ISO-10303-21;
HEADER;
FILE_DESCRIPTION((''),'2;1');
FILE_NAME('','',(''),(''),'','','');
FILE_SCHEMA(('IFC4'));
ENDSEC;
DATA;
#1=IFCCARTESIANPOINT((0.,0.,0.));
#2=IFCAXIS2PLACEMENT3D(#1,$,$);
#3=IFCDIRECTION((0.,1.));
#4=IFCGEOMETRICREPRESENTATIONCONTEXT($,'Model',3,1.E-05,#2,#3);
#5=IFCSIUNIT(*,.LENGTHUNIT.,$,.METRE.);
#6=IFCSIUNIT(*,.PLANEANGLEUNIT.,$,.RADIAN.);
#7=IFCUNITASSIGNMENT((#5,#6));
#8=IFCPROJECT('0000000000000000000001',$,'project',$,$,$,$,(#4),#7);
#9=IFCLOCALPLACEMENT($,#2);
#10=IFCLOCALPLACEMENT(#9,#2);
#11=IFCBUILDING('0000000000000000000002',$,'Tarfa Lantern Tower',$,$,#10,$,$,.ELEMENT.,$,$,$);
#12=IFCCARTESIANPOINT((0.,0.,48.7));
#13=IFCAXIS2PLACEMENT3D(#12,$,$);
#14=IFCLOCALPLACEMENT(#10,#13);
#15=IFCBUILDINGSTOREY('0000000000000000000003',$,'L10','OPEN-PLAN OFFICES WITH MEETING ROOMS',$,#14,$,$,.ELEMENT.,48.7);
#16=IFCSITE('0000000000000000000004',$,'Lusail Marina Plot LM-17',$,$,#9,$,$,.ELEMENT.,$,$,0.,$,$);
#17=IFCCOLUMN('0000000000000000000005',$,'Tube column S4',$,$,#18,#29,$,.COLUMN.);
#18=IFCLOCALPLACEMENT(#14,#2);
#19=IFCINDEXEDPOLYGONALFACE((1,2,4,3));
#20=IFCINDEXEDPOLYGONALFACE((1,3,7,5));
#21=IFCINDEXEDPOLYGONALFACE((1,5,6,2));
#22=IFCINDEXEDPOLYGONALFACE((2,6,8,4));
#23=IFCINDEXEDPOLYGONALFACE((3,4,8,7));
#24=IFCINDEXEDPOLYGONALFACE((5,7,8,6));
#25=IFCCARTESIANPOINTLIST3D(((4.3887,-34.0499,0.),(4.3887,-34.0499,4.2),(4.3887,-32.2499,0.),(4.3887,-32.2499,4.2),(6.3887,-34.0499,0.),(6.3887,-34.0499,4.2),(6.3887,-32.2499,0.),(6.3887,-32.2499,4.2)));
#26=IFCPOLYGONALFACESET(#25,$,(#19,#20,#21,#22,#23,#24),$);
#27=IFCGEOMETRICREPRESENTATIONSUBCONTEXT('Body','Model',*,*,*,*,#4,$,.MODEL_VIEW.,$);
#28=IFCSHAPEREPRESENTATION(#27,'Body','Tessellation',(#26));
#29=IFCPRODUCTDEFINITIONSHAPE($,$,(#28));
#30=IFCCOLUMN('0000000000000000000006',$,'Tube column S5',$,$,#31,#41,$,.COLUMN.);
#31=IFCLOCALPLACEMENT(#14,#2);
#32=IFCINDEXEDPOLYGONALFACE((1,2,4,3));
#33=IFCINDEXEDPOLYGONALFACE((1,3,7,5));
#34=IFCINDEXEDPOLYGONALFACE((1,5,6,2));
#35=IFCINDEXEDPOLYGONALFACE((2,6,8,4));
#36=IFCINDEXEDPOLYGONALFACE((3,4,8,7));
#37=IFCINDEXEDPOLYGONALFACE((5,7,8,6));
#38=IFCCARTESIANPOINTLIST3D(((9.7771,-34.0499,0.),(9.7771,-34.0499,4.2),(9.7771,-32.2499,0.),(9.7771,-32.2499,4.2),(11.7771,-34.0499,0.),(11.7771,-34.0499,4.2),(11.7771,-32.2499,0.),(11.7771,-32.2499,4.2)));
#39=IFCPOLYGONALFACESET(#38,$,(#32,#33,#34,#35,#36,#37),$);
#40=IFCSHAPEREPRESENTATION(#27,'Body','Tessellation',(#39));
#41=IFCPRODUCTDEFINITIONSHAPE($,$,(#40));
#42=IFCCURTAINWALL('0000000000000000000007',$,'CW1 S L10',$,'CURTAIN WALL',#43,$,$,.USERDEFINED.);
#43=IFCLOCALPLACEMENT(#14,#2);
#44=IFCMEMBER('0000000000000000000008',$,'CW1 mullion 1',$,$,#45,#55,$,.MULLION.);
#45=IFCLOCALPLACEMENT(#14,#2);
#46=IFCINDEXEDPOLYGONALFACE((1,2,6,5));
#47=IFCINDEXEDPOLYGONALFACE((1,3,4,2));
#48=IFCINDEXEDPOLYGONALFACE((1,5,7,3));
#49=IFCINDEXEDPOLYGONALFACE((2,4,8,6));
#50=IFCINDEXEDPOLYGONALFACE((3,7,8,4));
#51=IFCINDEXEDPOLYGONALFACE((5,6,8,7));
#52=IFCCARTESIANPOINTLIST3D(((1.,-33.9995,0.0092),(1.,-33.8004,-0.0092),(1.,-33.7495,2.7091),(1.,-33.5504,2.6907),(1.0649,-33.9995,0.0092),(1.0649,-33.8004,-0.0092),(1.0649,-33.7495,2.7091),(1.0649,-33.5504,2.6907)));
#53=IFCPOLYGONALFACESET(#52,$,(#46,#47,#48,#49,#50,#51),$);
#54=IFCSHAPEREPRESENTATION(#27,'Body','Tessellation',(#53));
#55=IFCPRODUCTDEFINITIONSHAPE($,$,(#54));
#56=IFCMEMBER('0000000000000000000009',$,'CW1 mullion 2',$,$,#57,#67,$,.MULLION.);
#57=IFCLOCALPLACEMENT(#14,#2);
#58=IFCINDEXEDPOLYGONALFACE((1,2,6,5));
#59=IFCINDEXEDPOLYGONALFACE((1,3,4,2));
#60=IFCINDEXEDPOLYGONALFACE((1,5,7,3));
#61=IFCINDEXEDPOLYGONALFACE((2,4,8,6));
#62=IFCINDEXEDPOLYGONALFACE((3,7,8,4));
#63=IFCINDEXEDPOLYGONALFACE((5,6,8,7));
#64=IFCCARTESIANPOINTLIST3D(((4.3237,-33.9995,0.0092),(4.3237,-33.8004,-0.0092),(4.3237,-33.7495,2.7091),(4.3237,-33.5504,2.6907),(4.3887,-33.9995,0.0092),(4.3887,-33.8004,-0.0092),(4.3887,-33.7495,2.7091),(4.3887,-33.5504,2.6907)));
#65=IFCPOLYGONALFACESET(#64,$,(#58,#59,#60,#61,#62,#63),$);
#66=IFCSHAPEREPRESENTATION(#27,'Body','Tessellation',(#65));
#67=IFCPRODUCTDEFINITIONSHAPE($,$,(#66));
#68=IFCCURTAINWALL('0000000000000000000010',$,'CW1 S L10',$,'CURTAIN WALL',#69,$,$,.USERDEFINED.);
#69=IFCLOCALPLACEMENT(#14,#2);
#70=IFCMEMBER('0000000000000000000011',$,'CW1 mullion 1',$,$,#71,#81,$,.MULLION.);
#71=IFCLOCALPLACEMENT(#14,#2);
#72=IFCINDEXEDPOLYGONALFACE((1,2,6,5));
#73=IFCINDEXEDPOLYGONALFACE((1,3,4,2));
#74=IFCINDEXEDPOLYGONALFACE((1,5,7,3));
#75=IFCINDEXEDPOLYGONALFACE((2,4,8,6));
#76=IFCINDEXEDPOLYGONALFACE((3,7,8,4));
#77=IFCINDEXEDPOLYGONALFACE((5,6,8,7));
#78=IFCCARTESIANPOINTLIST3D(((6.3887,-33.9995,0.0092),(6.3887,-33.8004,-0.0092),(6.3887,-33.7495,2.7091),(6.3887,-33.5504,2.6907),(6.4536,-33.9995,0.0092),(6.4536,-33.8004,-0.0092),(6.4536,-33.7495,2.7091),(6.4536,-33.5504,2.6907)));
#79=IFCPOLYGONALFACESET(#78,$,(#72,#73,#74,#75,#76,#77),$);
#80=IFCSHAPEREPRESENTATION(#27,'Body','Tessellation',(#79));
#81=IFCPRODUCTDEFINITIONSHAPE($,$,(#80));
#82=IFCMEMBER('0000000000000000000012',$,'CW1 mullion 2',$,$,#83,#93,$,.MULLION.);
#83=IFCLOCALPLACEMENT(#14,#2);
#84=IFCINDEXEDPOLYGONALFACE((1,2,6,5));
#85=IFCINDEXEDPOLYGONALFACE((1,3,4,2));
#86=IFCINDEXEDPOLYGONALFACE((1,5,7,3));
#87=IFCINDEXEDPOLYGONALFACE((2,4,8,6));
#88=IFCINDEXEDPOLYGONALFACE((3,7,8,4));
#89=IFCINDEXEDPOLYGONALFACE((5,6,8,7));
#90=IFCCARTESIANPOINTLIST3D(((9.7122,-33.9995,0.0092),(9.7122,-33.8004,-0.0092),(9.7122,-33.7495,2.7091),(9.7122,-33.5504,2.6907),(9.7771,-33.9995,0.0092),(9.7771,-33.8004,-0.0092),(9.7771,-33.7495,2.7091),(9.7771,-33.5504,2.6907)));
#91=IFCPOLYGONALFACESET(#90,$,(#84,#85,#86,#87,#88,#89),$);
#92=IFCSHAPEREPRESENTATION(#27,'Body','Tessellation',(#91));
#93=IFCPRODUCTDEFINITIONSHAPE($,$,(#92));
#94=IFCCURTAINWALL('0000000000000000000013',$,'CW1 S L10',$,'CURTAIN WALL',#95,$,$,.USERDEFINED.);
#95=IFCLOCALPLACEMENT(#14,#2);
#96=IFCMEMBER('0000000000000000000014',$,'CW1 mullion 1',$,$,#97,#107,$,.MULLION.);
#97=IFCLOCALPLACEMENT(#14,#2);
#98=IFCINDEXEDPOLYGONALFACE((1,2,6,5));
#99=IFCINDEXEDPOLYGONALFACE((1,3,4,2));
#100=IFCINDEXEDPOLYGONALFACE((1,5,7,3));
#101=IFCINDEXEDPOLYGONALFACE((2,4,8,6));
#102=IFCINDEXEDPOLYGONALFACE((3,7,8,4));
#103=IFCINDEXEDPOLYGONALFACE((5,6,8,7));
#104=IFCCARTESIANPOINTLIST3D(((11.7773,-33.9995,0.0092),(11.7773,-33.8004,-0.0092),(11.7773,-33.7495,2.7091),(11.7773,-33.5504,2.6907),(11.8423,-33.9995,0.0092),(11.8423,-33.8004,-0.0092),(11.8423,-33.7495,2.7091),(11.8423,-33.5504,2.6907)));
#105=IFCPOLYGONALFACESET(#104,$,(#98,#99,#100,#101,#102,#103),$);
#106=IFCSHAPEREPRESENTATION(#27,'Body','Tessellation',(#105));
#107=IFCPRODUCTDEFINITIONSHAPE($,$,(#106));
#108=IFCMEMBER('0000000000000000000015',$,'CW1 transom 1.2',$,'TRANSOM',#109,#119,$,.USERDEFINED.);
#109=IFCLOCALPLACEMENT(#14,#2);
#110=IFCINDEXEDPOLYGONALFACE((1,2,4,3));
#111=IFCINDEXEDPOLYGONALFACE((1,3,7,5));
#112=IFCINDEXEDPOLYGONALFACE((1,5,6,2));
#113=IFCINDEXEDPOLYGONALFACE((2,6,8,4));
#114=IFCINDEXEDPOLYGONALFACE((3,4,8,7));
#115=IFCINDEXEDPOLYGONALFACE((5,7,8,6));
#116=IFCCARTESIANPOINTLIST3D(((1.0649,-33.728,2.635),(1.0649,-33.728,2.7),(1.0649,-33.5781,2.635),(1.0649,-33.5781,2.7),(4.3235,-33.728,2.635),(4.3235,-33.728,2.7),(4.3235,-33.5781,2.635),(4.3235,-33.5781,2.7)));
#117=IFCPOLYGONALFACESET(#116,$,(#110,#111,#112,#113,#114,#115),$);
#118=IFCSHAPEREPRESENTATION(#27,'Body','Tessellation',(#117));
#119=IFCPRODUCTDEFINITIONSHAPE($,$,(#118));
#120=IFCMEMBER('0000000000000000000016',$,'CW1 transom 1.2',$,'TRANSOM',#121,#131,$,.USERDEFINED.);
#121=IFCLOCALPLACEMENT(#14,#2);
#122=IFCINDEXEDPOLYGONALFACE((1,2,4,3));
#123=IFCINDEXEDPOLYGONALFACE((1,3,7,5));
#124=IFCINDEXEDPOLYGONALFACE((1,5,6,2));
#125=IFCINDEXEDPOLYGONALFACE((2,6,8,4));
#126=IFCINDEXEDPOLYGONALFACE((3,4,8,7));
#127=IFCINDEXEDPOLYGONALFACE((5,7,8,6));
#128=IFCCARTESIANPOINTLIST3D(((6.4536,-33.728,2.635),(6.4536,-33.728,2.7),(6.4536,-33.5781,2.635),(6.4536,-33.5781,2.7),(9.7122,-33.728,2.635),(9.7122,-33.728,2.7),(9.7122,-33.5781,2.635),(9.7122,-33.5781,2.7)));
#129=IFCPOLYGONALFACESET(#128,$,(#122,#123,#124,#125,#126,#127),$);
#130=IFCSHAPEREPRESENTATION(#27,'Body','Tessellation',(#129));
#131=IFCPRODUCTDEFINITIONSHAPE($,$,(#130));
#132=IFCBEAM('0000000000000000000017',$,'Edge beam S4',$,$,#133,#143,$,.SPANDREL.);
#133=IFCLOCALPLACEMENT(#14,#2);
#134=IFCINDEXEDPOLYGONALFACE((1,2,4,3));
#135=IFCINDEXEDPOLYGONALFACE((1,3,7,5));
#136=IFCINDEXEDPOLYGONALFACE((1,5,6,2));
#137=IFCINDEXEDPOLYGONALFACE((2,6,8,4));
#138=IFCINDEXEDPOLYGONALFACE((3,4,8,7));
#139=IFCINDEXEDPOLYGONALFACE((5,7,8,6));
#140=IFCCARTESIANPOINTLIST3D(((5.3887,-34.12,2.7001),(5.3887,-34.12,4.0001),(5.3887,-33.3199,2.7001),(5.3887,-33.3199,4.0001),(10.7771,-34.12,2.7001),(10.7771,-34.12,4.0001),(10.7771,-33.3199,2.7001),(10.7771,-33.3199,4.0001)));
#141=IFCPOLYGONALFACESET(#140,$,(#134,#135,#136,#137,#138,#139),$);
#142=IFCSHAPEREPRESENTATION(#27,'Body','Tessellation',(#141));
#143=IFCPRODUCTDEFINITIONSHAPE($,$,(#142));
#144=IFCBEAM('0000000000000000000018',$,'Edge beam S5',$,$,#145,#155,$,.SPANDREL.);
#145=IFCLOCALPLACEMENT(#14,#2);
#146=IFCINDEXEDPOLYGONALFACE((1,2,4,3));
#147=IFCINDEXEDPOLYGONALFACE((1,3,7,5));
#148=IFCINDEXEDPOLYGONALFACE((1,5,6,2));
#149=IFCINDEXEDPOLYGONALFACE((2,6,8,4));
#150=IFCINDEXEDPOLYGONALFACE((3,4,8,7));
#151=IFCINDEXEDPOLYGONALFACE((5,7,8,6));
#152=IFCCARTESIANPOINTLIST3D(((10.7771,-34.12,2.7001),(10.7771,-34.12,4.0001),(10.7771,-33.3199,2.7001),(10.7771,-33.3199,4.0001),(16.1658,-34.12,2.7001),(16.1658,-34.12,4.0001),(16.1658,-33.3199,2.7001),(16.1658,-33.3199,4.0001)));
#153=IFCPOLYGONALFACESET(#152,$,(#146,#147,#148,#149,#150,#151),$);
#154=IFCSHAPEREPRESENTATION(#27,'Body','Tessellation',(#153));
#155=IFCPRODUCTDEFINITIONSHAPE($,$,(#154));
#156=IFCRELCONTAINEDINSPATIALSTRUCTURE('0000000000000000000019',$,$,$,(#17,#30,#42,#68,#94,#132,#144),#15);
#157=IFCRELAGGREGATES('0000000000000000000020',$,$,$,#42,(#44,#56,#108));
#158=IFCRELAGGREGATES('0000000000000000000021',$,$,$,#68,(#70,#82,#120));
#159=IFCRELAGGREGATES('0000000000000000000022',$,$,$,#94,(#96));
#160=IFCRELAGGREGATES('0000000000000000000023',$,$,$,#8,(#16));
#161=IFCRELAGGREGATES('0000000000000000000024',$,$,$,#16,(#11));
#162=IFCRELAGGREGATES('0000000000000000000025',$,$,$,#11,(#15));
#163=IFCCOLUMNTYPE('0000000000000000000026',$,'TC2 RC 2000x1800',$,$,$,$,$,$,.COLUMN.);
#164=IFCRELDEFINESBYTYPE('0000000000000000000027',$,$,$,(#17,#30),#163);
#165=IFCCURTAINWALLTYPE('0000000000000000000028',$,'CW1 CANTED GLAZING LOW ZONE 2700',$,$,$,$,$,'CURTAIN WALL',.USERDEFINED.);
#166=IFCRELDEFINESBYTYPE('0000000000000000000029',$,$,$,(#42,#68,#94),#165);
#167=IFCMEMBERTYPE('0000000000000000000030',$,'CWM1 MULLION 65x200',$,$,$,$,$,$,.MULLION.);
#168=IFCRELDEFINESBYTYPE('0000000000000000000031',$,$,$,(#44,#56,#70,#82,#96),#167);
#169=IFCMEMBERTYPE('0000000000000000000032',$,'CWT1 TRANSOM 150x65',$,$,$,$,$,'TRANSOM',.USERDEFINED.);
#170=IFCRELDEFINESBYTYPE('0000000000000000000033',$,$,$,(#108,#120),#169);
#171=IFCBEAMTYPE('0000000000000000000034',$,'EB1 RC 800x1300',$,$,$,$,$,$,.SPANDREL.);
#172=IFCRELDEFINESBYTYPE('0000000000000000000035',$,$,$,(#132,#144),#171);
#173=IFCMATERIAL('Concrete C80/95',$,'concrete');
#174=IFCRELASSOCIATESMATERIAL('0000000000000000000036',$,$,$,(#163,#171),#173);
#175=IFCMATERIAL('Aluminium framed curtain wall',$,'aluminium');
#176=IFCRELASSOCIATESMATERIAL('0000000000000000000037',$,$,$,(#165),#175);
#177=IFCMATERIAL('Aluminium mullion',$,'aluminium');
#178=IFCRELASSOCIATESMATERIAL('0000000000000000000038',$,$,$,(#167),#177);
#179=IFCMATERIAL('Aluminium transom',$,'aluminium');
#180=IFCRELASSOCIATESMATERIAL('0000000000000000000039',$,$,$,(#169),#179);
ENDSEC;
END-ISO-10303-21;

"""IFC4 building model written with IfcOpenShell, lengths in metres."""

from ifc_helpers import new_model, si_unit, direction, frame, origin, origin_2d, place, context, subcontext, project, spatial, rectangle, extrude, material, material_profile, profile_set, type_object, element, aggregate, save


model = new_model("IFC4")

# Units and contexts
model_context = context("Model", 3, precision=1e-05, world=origin(), true_north=direction((0.0, 1.0)))
body_context = subcontext(model_context, "Body", "Model", "MODEL_VIEW")
ifc_project = project(units=[si_unit("LENGTHUNIT", "METRE"), si_unit("PLANEANGLEUNIT", "RADIAN")], contexts=[model_context])

# Site, building, storey
site_placement = place(None, origin())
site = spatial("IfcSite", under=ifc_project, at=site_placement, Name="Lusail Marina Plot LM-17", CompositionType="ELEMENT", RefElevation=0.0)
building_placement = place(site_placement, origin())
building = spatial("IfcBuilding", under=site, at=building_placement, Name="Tarfa Lantern Tower", CompositionType="ELEMENT")
storey_placement = place(building_placement, frame((0.0, 0.0, 48.7)))
storey = spatial("IfcBuildingStorey", under=building, at=storey_placement, Name="L10", Description="OPEN-PLAN OFFICES WITH MEETING ROOMS", CompositionType="ELEMENT", Elevation=48.7)

# Columns
ifc_material_1 = material(Name="Concrete C80/95", Category="concrete")
ifc_material_profile_1 = material_profile(ifc_material_1, rectangle(XDim=2.0, YDim=1.8, at=origin_2d()), Name="RC 2000x1800")
ifc_profile_set_1 = profile_set([ifc_material_profile_1], Name="Concrete C80/95")
column_type = type_object("IfcColumnType", Name="TC2 RC 2000x1800", PredefinedType="COLUMN", material=ifc_profile_set_1)
for number, where, z_axis, x_axis, name in (
    (1, (5.3887, -33.1499, 0.0), (0.0, 0.0, 1.0), (1.0, 0.0, 0.0), "Tube column S4"),
    (2, (10.7771, -33.1499, 0.0), (0.0, 0.0, 1.0), (1.0, 0.0, 0.0), "Tube column S5"),
):
    element("IfcColumn", number, at=place(storey_placement, frame(where, z_axis=z_axis, x_axis=x_axis)), inside=storey, type_object=column_type, Name=name, PredefinedType="COLUMN", context=body_context, shape_type="SweptSolid", body=[
        extrude(rectangle(XDim=2.0, YDim=1.8, at=origin_2d()), origin(), (0.0, 0.0, 1.0), 4.2),
    ])

# Curtain walls, members
ifc_material_2 = material(Name="Aluminium framed curtain wall", Category="aluminium")
curtain_wall_type = type_object("IfcCurtainWallType", Name="CW1 CANTED GLAZING LOW ZONE 2700", ElementType="CURTAIN WALL", PredefinedType="USERDEFINED", material=ifc_material_2)
curtain_wall_1_placement = place(storey_placement, origin())
curtain_wall_1 = element("IfcCurtainWall", 3, at=curtain_wall_1_placement, inside=storey, type_object=curtain_wall_type, Name="CW1 S L10", ObjectType="CURTAIN WALL", PredefinedType="USERDEFINED")
ifc_material_3 = material(Name="Aluminium mullion", Category="aluminium")
ifc_material_profile_2 = material_profile(ifc_material_3, rectangle(XDim=0.0649, YDim=0.2, at=origin_2d()), Name="AL MULLION 65x200")
ifc_profile_set_2 = profile_set([ifc_material_profile_2], Name="Aluminium mullion")
member_type_1 = type_object("IfcMemberType", Name="CWM1 MULLION 65x200", PredefinedType="MULLION", material=ifc_profile_set_2)
member_1_placement = place(storey_placement, frame((1.0325, -33.8999, 0.0), z_axis=(0.0, 0.0922, 0.995741), x_axis=(-1.0, 0.0, 0.0)))
member_1 = element("IfcMember", 4, at=member_1_placement, type_object=member_type_1, Name="CW1 mullion 1", PredefinedType="MULLION", context=body_context, shape_type="SweptSolid", body=[
    extrude(rectangle(XDim=0.0649, YDim=0.2, at=origin_2d()), origin(), (0.0, 0.0, 1.0), 2.7114),
])
member_2_placement = place(storey_placement, frame((4.3562, -33.8999, 0.0), z_axis=(0.0, 0.0922, 0.995741), x_axis=(-1.0, 0.0, 0.0)))
member_2 = element("IfcMember", 5, at=member_2_placement, type_object=member_type_1, Name="CW1 mullion 2", PredefinedType="MULLION", context=body_context, shape_type="SweptSolid", body=[
    extrude(rectangle(XDim=0.0649, YDim=0.2, at=origin_2d()), origin(), (0.0, 0.0, 1.0), 2.7114),
])
curtain_wall_2_placement = place(storey_placement, origin())
curtain_wall_2 = element("IfcCurtainWall", 6, at=curtain_wall_2_placement, inside=storey, type_object=curtain_wall_type, Name="CW1 S L10", ObjectType="CURTAIN WALL", PredefinedType="USERDEFINED")
member_3_placement = place(storey_placement, frame((6.4211, -33.8999, 0.0), z_axis=(0.0, 0.0922, 0.995741), x_axis=(-1.0, 0.0, 0.0)))
member_3 = element("IfcMember", 7, at=member_3_placement, type_object=member_type_1, Name="CW1 mullion 1", PredefinedType="MULLION", context=body_context, shape_type="SweptSolid", body=[
    extrude(rectangle(XDim=0.0649, YDim=0.2, at=origin_2d()), origin(), (0.0, 0.0, 1.0), 2.7114),
])
member_4_placement = place(storey_placement, frame((9.7446, -33.8999, 0.0), z_axis=(0.0, 0.0922, 0.995741), x_axis=(-1.0, 0.0, 0.0)))
member_4 = element("IfcMember", 8, at=member_4_placement, type_object=member_type_1, Name="CW1 mullion 2", PredefinedType="MULLION", context=body_context, shape_type="SweptSolid", body=[
    extrude(rectangle(XDim=0.0649, YDim=0.2, at=origin_2d()), origin(), (0.0, 0.0, 1.0), 2.7114),
])

# Curtain wall, member
curtain_wall_3_placement = place(storey_placement, origin())
curtain_wall_3 = element("IfcCurtainWall", 9, at=curtain_wall_3_placement, inside=storey, type_object=curtain_wall_type, Name="CW1 S L10", ObjectType="CURTAIN WALL", PredefinedType="USERDEFINED")
member_5_placement = place(storey_placement, frame((11.8098, -33.8999, 0.0), z_axis=(0.0, 0.0922, 0.995741), x_axis=(-1.0, 0.0, 0.0)))
member_5 = element("IfcMember", 10, at=member_5_placement, type_object=member_type_1, Name="CW1 mullion 1", PredefinedType="MULLION", context=body_context, shape_type="SweptSolid", body=[
    extrude(rectangle(XDim=0.0649, YDim=0.2, at=origin_2d()), origin(), (0.0, 0.0, 1.0), 2.7114),
])

# Members
ifc_material_4 = material(Name="Aluminium transom", Category="aluminium")
ifc_material_profile_3 = material_profile(ifc_material_4, rectangle(XDim=0.1499, YDim=0.0649, at=origin_2d()), Name="AL TRANSOM 150x65")
ifc_profile_set_3 = profile_set([ifc_material_profile_3], Name="Aluminium transom")
member_type_2 = type_object("IfcMemberType", Name="CWT1 TRANSOM 150x65", ElementType="TRANSOM", PredefinedType="USERDEFINED", material=ifc_profile_set_3)
member_6_placement = place(storey_placement, frame((1.0649, -33.6531, 2.6675), z_axis=(1.0, 0.0, 0.0), x_axis=(0.0, 1.0, 0.0)))
member_6 = element("IfcMember", 11, at=member_6_placement, type_object=member_type_2, Name="CW1 transom 1.2", ObjectType="TRANSOM", PredefinedType="USERDEFINED", context=body_context, shape_type="SweptSolid", body=[
    extrude(rectangle(XDim=0.1499, YDim=0.0649, at=origin_2d()), origin(), (0.0, 0.0, 1.0), 3.2585),
])
member_7_placement = place(storey_placement, frame((6.4536, -33.6531, 2.6675), z_axis=(1.0, 0.0, 0.0), x_axis=(0.0, 1.0, 0.0)))
member_7 = element("IfcMember", 12, at=member_7_placement, type_object=member_type_2, Name="CW1 transom 1.2", ObjectType="TRANSOM", PredefinedType="USERDEFINED", context=body_context, shape_type="SweptSolid", body=[
    extrude(rectangle(XDim=0.1499, YDim=0.0649, at=origin_2d()), origin(), (0.0, 0.0, 1.0), 3.2585),
])

# Beams
ifc_material_profile_4 = material_profile(ifc_material_1, rectangle(XDim=0.8, YDim=1.3, at=origin_2d()), Name="RC 800x1300")
ifc_profile_set_4 = profile_set([ifc_material_profile_4], Name="Concrete C80/95")
beam_type_1 = type_object("IfcBeamType", Name="EB1 RC 800x1300", PredefinedType="SPANDREL", material=ifc_profile_set_4)
beam_1_placement = place(storey_placement, frame((5.3887, -33.72, 3.3501), z_axis=(1.0, 0.0, 0.0), x_axis=(0.0, 1.0, 0.0)))
element("IfcBeam", 13, at=beam_1_placement, inside=storey, type_object=beam_type_1, Name="Edge beam S4", PredefinedType="SPANDREL", context=body_context, shape_type="SweptSolid", body=[
    extrude(rectangle(XDim=0.8, YDim=1.3, at=origin_2d()), origin(), (0.0, 0.0, 1.0), 5.3884),
])
beam_2_placement = place(storey_placement, frame((10.7771, -33.72, 3.3501), z_axis=(1.0, 0.0, 0.0), x_axis=(0.0, 1.0, 0.0)))
element("IfcBeam", 14, at=beam_2_placement, inside=storey, type_object=beam_type_1, Name="Edge beam S5", PredefinedType="SPANDREL", context=body_context, shape_type="SweptSolid", body=[
    extrude(rectangle(XDim=0.8, YDim=1.3, at=origin_2d()), origin(), (0.0, 0.0, 1.0), 5.3887),
])

aggregate(curtain_wall_1, [member_1, member_2, member_6])
aggregate(curtain_wall_2, [member_3, member_4, member_7])
aggregate(curtain_wall_3, [member_5])

save(model, "model.ifc")
